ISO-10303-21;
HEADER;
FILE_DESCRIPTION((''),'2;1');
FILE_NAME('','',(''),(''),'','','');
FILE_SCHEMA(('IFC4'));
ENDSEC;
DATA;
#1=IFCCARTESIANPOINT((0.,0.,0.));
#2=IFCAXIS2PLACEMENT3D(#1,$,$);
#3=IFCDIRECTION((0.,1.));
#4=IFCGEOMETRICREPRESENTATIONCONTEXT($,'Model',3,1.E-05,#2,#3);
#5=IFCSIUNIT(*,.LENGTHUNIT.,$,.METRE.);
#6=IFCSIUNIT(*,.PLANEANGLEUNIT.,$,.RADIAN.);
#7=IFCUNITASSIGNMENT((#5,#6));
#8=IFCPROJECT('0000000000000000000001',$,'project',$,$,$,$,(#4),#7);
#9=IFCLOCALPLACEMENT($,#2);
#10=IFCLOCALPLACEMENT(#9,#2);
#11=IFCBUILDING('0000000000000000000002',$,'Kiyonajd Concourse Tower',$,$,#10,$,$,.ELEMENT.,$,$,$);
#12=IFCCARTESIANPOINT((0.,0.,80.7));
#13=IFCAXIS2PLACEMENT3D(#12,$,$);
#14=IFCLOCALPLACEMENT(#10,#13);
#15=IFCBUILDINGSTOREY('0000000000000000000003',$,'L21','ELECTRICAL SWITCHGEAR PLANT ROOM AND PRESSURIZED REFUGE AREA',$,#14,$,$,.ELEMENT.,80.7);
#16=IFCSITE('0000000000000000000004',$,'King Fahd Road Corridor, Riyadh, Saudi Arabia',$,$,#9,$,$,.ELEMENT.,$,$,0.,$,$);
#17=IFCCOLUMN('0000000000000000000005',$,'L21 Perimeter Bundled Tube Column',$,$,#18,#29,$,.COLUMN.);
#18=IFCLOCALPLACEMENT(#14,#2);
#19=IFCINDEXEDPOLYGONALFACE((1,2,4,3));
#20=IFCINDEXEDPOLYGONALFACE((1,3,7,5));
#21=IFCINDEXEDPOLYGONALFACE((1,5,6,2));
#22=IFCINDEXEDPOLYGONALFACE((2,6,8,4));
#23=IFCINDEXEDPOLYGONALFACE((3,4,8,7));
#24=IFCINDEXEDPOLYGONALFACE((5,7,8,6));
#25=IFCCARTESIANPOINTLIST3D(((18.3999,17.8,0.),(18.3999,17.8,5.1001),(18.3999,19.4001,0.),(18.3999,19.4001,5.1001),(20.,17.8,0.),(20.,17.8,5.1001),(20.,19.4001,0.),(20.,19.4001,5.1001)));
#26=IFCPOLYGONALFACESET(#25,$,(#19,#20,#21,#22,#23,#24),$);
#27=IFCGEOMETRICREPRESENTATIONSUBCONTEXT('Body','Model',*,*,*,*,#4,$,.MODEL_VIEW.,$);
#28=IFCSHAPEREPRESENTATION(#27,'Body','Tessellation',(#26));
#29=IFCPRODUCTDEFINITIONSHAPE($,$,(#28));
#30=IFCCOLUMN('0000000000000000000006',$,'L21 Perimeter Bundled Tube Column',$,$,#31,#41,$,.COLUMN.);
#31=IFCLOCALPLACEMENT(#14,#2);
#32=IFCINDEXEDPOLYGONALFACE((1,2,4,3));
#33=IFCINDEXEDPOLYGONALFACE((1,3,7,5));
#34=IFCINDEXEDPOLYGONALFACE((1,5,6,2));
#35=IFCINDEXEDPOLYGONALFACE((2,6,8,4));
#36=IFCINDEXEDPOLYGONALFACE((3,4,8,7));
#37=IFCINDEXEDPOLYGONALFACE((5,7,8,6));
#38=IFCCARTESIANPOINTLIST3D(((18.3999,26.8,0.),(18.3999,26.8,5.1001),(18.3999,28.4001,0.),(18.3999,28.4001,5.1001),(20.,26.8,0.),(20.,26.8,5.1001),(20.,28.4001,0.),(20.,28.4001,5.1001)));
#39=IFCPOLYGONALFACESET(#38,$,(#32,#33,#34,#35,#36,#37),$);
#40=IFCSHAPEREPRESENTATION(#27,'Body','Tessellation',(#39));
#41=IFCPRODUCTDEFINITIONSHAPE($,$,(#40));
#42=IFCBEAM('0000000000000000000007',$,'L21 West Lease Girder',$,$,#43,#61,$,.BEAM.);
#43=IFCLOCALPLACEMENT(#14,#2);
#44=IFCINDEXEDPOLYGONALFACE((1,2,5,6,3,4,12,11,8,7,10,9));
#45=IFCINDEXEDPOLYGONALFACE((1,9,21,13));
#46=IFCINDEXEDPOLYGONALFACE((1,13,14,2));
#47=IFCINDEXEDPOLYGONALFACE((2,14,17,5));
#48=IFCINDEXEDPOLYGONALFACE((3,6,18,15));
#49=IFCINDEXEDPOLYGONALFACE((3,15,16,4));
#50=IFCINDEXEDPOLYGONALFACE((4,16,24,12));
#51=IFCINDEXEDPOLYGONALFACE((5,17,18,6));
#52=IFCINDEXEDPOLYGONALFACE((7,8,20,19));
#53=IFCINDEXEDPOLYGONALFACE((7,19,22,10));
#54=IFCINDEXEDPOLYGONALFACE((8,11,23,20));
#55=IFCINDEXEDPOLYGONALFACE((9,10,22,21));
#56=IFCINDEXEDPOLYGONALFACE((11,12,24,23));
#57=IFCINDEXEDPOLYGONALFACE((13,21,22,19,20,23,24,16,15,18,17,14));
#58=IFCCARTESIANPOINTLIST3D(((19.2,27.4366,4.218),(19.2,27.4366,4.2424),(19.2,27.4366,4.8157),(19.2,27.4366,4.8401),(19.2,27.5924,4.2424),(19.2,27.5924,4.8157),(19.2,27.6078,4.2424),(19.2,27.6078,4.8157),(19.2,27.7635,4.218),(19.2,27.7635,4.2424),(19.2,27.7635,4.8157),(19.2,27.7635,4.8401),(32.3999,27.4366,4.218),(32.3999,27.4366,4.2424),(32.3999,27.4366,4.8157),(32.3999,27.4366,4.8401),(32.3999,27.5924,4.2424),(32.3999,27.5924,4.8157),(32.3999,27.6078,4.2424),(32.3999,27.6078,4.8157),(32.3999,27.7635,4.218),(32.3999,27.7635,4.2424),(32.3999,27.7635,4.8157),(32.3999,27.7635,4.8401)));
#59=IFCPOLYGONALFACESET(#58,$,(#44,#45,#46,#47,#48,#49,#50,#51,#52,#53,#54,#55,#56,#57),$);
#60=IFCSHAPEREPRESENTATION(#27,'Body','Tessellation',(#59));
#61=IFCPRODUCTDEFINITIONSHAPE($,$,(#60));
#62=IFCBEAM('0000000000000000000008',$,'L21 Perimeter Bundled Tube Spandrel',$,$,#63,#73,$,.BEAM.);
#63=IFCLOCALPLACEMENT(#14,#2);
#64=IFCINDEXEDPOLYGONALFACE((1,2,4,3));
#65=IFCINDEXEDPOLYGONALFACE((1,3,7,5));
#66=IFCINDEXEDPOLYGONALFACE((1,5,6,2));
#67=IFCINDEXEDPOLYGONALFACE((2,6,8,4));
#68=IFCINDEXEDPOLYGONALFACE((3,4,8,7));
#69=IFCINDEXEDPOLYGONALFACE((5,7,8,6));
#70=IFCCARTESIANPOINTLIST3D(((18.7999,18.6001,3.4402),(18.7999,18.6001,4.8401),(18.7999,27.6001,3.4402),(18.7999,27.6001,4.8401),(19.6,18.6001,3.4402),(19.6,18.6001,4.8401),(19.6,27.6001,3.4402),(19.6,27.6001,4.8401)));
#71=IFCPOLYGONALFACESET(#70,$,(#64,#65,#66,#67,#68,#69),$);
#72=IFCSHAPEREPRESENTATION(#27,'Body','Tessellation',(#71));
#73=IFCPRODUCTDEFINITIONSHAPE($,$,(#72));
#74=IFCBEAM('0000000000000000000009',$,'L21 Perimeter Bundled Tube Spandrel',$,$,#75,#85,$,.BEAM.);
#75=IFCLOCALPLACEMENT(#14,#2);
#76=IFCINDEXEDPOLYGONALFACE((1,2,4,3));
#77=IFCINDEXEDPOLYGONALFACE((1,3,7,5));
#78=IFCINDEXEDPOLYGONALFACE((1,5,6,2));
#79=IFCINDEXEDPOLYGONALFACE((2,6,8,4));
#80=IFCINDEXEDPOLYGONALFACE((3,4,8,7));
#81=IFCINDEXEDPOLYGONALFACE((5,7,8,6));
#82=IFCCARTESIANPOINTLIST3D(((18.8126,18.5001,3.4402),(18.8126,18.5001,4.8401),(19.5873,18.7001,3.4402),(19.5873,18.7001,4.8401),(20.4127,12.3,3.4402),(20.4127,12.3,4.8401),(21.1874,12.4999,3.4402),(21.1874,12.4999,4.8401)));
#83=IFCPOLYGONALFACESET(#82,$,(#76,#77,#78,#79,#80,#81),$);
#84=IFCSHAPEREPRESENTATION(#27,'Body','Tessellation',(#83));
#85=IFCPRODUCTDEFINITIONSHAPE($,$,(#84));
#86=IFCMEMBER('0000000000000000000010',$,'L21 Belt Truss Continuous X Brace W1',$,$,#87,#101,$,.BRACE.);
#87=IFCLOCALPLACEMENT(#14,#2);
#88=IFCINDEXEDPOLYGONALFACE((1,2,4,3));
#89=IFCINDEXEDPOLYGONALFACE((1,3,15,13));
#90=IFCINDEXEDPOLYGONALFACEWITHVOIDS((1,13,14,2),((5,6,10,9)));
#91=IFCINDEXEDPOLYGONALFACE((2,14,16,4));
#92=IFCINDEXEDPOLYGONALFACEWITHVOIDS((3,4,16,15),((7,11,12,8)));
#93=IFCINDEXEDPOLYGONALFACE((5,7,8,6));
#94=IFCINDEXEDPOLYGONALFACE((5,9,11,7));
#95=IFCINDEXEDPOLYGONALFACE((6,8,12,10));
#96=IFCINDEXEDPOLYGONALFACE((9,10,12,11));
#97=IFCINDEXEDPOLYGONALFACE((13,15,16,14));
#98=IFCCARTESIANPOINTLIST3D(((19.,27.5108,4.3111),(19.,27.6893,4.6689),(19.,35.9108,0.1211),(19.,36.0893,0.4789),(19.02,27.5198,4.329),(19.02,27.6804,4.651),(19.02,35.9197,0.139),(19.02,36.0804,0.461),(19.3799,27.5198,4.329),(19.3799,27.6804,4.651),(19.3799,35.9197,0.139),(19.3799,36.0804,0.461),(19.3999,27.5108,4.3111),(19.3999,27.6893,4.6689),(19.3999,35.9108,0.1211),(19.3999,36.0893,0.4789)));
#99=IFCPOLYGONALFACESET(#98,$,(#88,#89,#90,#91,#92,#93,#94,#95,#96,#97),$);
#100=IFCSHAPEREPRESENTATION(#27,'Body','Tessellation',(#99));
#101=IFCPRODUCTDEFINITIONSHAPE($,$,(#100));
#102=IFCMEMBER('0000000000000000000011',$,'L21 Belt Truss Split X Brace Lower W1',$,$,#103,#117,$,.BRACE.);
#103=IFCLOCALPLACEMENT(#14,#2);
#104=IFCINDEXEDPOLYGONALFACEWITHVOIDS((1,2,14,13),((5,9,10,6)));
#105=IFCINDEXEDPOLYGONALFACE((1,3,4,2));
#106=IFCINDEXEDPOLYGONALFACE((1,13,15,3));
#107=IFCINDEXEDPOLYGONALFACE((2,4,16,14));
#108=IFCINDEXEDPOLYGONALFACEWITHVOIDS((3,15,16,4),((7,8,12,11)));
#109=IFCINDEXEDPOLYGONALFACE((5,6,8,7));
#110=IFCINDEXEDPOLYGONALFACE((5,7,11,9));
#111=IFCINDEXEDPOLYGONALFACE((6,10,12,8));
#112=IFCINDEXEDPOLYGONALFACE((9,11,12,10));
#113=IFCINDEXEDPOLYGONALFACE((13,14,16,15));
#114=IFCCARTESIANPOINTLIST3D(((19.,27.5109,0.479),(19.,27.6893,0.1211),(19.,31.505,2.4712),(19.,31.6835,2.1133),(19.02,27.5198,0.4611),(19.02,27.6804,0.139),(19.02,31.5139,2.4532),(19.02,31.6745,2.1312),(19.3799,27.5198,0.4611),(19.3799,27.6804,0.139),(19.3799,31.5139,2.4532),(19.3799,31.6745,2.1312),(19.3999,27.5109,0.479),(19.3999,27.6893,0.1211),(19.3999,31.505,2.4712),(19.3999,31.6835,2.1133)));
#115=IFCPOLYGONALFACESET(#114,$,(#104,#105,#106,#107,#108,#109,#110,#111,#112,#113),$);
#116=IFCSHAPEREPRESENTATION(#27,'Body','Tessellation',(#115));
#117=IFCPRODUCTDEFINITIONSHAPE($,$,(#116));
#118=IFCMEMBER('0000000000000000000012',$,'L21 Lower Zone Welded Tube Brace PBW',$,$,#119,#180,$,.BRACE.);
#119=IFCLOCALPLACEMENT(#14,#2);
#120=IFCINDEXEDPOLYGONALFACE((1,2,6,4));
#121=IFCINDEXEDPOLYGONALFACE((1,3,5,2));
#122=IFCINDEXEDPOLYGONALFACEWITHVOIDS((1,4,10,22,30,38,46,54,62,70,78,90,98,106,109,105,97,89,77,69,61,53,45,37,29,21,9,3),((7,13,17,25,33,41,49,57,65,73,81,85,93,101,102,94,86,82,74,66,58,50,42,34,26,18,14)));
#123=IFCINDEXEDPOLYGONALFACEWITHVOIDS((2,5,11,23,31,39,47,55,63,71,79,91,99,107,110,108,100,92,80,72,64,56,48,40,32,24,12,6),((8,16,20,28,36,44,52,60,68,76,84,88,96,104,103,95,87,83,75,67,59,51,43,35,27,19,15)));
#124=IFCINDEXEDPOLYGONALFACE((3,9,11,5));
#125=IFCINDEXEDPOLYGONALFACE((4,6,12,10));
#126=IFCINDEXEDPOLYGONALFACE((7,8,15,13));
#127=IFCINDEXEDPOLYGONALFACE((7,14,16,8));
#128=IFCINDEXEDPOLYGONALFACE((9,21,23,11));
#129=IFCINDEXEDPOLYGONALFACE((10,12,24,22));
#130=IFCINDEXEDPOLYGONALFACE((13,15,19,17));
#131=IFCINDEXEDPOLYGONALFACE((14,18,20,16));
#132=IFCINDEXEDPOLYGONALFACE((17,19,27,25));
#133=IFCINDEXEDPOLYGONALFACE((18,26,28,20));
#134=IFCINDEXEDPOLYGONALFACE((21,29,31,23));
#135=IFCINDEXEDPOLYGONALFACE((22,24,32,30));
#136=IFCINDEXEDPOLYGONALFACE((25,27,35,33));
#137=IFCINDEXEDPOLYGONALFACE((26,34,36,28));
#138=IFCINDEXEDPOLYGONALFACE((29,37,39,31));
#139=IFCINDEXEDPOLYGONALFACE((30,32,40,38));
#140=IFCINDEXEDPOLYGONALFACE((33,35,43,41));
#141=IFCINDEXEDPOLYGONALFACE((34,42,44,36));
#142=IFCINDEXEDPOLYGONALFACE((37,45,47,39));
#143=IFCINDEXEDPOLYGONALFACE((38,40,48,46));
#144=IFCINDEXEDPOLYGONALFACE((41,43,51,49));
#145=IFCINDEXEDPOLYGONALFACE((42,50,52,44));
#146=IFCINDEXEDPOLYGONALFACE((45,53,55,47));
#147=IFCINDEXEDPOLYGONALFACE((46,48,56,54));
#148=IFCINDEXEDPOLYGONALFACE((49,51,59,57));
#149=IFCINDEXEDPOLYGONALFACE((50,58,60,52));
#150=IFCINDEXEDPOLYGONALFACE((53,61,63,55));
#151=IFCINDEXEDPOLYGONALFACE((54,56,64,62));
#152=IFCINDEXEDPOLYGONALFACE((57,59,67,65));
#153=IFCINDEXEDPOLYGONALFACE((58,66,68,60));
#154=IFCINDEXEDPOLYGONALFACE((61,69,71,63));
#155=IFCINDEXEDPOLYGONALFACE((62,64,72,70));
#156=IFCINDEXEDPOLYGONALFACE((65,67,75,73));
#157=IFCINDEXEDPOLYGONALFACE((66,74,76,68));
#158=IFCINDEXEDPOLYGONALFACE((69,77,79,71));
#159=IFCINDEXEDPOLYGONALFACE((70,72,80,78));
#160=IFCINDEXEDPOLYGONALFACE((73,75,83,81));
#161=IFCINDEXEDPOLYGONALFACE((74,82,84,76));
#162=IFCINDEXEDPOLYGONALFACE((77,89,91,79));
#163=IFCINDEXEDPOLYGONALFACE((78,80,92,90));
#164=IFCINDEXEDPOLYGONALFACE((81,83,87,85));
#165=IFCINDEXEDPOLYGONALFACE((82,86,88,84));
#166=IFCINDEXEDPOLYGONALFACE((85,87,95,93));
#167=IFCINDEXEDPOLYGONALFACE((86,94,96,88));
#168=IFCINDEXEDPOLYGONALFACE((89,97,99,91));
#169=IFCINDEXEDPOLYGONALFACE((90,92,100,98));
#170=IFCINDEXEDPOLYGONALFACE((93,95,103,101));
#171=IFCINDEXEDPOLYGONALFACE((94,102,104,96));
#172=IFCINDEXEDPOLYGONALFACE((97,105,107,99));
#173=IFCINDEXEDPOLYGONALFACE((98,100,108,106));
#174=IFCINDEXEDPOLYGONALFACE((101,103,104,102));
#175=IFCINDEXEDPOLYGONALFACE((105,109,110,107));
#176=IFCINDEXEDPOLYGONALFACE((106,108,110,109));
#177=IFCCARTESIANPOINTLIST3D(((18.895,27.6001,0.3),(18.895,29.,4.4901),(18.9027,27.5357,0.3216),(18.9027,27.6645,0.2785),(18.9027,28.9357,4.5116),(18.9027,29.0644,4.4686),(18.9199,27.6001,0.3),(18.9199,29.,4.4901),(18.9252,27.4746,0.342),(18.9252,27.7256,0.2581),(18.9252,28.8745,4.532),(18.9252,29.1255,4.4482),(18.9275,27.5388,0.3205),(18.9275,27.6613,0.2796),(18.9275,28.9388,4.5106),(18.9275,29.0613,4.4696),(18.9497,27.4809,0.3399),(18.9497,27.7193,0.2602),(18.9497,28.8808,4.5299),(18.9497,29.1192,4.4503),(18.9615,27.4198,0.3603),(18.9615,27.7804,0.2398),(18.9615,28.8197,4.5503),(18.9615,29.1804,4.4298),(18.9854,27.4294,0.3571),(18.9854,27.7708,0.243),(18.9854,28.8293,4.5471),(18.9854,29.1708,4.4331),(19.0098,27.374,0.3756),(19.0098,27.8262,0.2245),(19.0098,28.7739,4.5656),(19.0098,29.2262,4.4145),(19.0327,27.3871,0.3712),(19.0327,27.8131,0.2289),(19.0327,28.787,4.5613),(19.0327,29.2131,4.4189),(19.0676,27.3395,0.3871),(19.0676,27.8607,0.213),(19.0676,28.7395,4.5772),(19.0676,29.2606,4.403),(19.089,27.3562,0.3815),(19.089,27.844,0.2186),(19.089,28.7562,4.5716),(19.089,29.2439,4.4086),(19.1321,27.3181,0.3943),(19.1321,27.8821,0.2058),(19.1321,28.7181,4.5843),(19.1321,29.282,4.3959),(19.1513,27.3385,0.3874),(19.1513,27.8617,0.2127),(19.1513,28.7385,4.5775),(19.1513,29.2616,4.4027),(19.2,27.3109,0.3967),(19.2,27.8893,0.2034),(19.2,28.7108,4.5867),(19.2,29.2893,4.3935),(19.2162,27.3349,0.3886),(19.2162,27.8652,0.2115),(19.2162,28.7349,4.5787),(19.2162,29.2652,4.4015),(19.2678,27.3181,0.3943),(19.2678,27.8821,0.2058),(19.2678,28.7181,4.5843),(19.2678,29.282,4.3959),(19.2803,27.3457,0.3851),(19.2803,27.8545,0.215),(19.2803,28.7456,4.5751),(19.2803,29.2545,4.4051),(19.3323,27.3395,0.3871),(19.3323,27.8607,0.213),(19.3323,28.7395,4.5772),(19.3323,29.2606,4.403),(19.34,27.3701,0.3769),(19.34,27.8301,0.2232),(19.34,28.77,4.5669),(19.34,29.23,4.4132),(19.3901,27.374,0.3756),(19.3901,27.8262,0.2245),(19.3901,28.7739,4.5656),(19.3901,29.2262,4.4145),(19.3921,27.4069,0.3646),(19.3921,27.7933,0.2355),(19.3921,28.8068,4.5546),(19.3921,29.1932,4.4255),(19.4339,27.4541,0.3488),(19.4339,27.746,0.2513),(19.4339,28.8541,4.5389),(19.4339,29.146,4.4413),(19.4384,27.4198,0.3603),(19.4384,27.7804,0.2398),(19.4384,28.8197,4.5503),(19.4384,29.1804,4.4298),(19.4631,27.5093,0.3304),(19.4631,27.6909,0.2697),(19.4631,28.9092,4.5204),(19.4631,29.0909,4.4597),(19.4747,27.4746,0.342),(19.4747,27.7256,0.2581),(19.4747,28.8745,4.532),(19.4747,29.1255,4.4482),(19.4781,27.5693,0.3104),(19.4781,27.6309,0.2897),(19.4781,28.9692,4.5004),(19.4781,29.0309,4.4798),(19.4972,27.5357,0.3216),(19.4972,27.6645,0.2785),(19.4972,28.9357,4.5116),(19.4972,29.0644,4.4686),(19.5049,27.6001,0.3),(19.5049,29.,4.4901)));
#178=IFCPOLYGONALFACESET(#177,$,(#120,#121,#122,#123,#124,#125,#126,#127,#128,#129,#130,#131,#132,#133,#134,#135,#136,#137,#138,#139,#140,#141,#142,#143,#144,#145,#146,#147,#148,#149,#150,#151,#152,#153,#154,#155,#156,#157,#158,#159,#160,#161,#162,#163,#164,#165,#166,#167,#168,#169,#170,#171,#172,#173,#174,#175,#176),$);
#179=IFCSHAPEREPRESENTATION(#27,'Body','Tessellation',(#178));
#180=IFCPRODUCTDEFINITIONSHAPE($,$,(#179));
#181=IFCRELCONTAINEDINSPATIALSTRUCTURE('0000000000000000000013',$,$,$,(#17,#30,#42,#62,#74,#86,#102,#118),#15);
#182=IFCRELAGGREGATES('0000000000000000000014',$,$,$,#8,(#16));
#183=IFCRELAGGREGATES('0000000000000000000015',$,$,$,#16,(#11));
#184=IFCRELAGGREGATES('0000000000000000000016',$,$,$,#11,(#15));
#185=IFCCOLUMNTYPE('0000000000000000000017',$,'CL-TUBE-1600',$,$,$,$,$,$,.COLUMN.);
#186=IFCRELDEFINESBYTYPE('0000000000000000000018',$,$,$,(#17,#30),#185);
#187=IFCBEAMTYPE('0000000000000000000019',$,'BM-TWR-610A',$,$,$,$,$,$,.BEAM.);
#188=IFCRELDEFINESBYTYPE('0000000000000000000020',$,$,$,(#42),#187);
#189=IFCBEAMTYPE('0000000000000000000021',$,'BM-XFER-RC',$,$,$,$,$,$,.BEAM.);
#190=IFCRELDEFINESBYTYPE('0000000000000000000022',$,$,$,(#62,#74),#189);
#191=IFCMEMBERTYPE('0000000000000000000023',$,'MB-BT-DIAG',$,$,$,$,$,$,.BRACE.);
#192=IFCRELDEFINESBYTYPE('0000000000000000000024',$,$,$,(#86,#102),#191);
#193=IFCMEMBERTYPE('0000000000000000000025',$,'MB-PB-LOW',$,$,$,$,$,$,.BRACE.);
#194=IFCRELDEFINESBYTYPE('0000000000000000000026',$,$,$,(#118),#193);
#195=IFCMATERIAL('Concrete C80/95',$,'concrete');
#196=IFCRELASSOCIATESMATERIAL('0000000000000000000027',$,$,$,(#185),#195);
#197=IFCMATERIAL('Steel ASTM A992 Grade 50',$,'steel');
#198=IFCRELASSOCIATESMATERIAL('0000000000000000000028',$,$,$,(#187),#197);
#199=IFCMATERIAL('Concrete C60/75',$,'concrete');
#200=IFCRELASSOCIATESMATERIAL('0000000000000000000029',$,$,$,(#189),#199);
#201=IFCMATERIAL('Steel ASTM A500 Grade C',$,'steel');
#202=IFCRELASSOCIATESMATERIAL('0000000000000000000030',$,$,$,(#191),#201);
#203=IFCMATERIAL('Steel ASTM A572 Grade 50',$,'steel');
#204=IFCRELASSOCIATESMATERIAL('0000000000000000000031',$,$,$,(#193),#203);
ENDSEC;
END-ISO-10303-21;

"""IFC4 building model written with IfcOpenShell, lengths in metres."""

from ifc_helpers import new_model, si_unit, direction, frame, origin, origin_2d, place, context, subcontext, project, spatial, rectangle, hollow_rectangle, hollow_circle, i_section, extrude, material, material_profile, profile_set, type_object, element, save


model = new_model("IFC4")

# Units and contexts
model_context = context("Model", 3, precision=1e-05, world=origin(), true_north=direction((0.0, 1.0)))
body_context = subcontext(model_context, "Body", "Model", "MODEL_VIEW")
ifc_project = project(units=[si_unit("LENGTHUNIT", "METRE"), si_unit("PLANEANGLEUNIT", "RADIAN")], contexts=[model_context])

# Site, building, storey
site_placement = place(None, origin())
site = spatial("IfcSite", under=ifc_project, at=site_placement, Name="King Fahd Road Corridor, Riyadh, Saudi Arabia", CompositionType="ELEMENT", RefElevation=0.0)
building_placement = place(site_placement, origin())
building = spatial("IfcBuilding", under=site, at=building_placement, Name="Kiyonajd Concourse Tower", CompositionType="ELEMENT")
storey_placement = place(building_placement, frame((0.0, 0.0, 80.7)))
storey = spatial("IfcBuildingStorey", under=building, at=storey_placement, Name="L21", Description="ELECTRICAL SWITCHGEAR PLANT ROOM AND PRESSURIZED REFUGE AREA", CompositionType="ELEMENT", Elevation=80.7)

# Columns
ifc_material_1 = material(Name="Concrete C80/95", Category="concrete")
ifc_material_profile_1 = material_profile(ifc_material_1, rectangle(XDim=1.6001, YDim=1.6001, at=origin_2d()), Name="RC-1600x1600")
ifc_profile_set_1 = profile_set([ifc_material_profile_1], Name="Concrete C80/95")
column_type = type_object("IfcColumnType", Name="CL-TUBE-1600", PredefinedType="COLUMN", material=ifc_profile_set_1)
for number, where, z_axis, x_axis, name in (
    (1, (19.2, 18.6001, 0.0), (0.0, 0.0, 1.0), (1.0, 0.0, 0.0), "L21 Perimeter Bundled Tube Column"),
    (2, (19.2, 27.6001, 0.0), (0.0, 0.0, 1.0), (1.0, 0.0, 0.0), "L21 Perimeter Bundled Tube Column"),
):
    element("IfcColumn", number, at=place(storey_placement, frame(where, z_axis=z_axis, x_axis=x_axis)), inside=storey, type_object=column_type, Name=name, PredefinedType="COLUMN", context=body_context, shape_type="SweptSolid", body=[
        extrude(rectangle(XDim=1.6001, YDim=1.6001, at=origin_2d()), origin(), (0.0, 0.0, 1.0), 5.1001),
    ])

# Beams
ifc_material_2 = material(Name="Steel ASTM A992 Grade 50", Category="steel")
ifc_material_profile_2 = material_profile(ifc_material_2, i_section(OverallWidth=0.3269, OverallDepth=0.6221, WebThickness=0.0154, FlangeThickness=0.0244, at=origin_2d()), Name="W610X195")
ifc_profile_set_2 = profile_set([ifc_material_profile_2], Name="Steel ASTM A992 Grade 50")
beam_type_1 = type_object("IfcBeamType", Name="BM-TWR-610A", PredefinedType="BEAM", material=ifc_profile_set_2)
beam_1_placement = place(storey_placement, frame((19.2, 27.6001, 4.5291), z_axis=(1.0, 0.0, 0.0), x_axis=(0.0, 1.0, 0.0)))
element("IfcBeam", 3, at=beam_1_placement, inside=storey, type_object=beam_type_1, Name="L21 West Lease Girder", PredefinedType="BEAM", context=body_context, shape_type="SweptSolid", body=[
    extrude(i_section(OverallWidth=0.3269, OverallDepth=0.6221, WebThickness=0.0154, FlangeThickness=0.0244, at=origin_2d()), origin(), (0.0, 0.0, 1.0), 13.2),
])
ifc_material_3 = material(Name="Concrete C60/75", Category="concrete")
ifc_material_profile_3 = material_profile(ifc_material_3, rectangle(XDim=0.8, YDim=1.3999, at=origin_2d()), Name="RCBM-800x1400")
ifc_profile_set_3 = profile_set([ifc_material_profile_3], Name="Concrete C60/75")
beam_type_2 = type_object("IfcBeamType", Name="BM-XFER-RC", PredefinedType="BEAM", material=ifc_profile_set_3)
beam_2_placement = place(storey_placement, frame((19.2, 27.6001, 4.1401), z_axis=(0.0, -1.0, 0.0), x_axis=(1.0, 0.0, 0.0)))
element("IfcBeam", 4, at=beam_2_placement, inside=storey, type_object=beam_type_2, Name="L21 Perimeter Bundled Tube Spandrel", PredefinedType="BEAM", context=body_context, shape_type="SweptSolid", body=[
    extrude(rectangle(XDim=0.8, YDim=1.3999, at=origin_2d()), origin(), (0.0, 0.0, 1.0), 9.0),
])
beam_3_placement = place(storey_placement, frame((19.2, 18.6001, 4.1401), z_axis=(0.249885, -0.968276, 0.0), x_axis=(0.968276, 0.249885, 0.0)))
element("IfcBeam", 5, at=beam_3_placement, inside=storey, type_object=beam_type_2, Name="L21 Perimeter Bundled Tube Spandrel", PredefinedType="BEAM", context=body_context, shape_type="SweptSolid", body=[
    extrude(rectangle(XDim=0.8, YDim=1.3999, at=origin_2d()), origin(), (0.0, 0.0, 1.0), 6.4033),
])

# Members
ifc_material_4 = material(Name="Steel ASTM A500 Grade C", Category="steel")
ifc_material_profile_4 = material_profile(ifc_material_4, hollow_rectangle(XDim=0.3999, YDim=0.3999, WallThickness=0.02, at=origin_2d()), Name="HSS-400x400x20")
ifc_profile_set_4 = profile_set([ifc_material_profile_4], Name="Steel ASTM A500 Grade C")
member_type_1 = type_object("IfcMemberType", Name="MB-BT-DIAG", PredefinedType="BRACE", material=ifc_profile_set_4)
member_1_placement = place(storey_placement, frame((19.2, 27.6001, 4.49), z_axis=(0.0, 0.894853, -0.44636), x_axis=(-1.0, 0.0, 0.0)))
element("IfcMember", 6, at=member_1_placement, inside=storey, type_object=member_type_1, Name="L21 Belt Truss Continuous X Brace W1", PredefinedType="BRACE", context=body_context, shape_type="SweptSolid", body=[
    extrude(hollow_rectangle(XDim=0.3999, YDim=0.3999, WallThickness=0.02, at=origin_2d()), origin(), (0.0, 0.0, 1.0), 9.387),
])
member_2_placement = place(storey_placement, frame((19.2, 27.6001, 0.3), z_axis=(0.0, 0.894864, 0.446338), x_axis=(-1.0, 0.0, 0.0)))
element("IfcMember", 7, at=member_2_placement, inside=storey, type_object=member_type_1, Name="L21 Belt Truss Split X Brace Lower W1", PredefinedType="BRACE", context=body_context, shape_type="SweptSolid", body=[
    extrude(hollow_rectangle(XDim=0.3999, YDim=0.3999, WallThickness=0.02, at=origin_2d()), origin(), (0.0, 0.0, 1.0), 4.4634),
])
ifc_material_5 = material(Name="Steel ASTM A572 Grade 50", Category="steel")
ifc_material_profile_5 = material_profile(ifc_material_5, hollow_circle(Radius=0.3049, WallThickness=0.0249, at=origin_2d()), Name="CHS-610x25")
ifc_profile_set_5 = profile_set([ifc_material_profile_5], Name="Steel ASTM A572 Grade 50")
member_type_2 = type_object("IfcMemberType", Name="MB-PB-LOW", PredefinedType="BRACE", material=ifc_profile_set_5)
member_3_placement = place(storey_placement, frame((19.2, 27.6001, 0.3), z_axis=(0.0, 0.316891, 0.948462), x_axis=(-1.0, 0.0, 0.0)))
element("IfcMember", 8, at=member_3_placement, inside=storey, type_object=member_type_2, Name="L21 Lower Zone Welded Tube Brace PBW", PredefinedType="BRACE", context=body_context, shape_type="SweptSolid", body=[
    extrude(hollow_circle(Radius=0.3049, WallThickness=0.0249, at=origin_2d()), origin(), (0.0, 0.0, 1.0), 4.4177),
])

save(model, "model.ifc")
